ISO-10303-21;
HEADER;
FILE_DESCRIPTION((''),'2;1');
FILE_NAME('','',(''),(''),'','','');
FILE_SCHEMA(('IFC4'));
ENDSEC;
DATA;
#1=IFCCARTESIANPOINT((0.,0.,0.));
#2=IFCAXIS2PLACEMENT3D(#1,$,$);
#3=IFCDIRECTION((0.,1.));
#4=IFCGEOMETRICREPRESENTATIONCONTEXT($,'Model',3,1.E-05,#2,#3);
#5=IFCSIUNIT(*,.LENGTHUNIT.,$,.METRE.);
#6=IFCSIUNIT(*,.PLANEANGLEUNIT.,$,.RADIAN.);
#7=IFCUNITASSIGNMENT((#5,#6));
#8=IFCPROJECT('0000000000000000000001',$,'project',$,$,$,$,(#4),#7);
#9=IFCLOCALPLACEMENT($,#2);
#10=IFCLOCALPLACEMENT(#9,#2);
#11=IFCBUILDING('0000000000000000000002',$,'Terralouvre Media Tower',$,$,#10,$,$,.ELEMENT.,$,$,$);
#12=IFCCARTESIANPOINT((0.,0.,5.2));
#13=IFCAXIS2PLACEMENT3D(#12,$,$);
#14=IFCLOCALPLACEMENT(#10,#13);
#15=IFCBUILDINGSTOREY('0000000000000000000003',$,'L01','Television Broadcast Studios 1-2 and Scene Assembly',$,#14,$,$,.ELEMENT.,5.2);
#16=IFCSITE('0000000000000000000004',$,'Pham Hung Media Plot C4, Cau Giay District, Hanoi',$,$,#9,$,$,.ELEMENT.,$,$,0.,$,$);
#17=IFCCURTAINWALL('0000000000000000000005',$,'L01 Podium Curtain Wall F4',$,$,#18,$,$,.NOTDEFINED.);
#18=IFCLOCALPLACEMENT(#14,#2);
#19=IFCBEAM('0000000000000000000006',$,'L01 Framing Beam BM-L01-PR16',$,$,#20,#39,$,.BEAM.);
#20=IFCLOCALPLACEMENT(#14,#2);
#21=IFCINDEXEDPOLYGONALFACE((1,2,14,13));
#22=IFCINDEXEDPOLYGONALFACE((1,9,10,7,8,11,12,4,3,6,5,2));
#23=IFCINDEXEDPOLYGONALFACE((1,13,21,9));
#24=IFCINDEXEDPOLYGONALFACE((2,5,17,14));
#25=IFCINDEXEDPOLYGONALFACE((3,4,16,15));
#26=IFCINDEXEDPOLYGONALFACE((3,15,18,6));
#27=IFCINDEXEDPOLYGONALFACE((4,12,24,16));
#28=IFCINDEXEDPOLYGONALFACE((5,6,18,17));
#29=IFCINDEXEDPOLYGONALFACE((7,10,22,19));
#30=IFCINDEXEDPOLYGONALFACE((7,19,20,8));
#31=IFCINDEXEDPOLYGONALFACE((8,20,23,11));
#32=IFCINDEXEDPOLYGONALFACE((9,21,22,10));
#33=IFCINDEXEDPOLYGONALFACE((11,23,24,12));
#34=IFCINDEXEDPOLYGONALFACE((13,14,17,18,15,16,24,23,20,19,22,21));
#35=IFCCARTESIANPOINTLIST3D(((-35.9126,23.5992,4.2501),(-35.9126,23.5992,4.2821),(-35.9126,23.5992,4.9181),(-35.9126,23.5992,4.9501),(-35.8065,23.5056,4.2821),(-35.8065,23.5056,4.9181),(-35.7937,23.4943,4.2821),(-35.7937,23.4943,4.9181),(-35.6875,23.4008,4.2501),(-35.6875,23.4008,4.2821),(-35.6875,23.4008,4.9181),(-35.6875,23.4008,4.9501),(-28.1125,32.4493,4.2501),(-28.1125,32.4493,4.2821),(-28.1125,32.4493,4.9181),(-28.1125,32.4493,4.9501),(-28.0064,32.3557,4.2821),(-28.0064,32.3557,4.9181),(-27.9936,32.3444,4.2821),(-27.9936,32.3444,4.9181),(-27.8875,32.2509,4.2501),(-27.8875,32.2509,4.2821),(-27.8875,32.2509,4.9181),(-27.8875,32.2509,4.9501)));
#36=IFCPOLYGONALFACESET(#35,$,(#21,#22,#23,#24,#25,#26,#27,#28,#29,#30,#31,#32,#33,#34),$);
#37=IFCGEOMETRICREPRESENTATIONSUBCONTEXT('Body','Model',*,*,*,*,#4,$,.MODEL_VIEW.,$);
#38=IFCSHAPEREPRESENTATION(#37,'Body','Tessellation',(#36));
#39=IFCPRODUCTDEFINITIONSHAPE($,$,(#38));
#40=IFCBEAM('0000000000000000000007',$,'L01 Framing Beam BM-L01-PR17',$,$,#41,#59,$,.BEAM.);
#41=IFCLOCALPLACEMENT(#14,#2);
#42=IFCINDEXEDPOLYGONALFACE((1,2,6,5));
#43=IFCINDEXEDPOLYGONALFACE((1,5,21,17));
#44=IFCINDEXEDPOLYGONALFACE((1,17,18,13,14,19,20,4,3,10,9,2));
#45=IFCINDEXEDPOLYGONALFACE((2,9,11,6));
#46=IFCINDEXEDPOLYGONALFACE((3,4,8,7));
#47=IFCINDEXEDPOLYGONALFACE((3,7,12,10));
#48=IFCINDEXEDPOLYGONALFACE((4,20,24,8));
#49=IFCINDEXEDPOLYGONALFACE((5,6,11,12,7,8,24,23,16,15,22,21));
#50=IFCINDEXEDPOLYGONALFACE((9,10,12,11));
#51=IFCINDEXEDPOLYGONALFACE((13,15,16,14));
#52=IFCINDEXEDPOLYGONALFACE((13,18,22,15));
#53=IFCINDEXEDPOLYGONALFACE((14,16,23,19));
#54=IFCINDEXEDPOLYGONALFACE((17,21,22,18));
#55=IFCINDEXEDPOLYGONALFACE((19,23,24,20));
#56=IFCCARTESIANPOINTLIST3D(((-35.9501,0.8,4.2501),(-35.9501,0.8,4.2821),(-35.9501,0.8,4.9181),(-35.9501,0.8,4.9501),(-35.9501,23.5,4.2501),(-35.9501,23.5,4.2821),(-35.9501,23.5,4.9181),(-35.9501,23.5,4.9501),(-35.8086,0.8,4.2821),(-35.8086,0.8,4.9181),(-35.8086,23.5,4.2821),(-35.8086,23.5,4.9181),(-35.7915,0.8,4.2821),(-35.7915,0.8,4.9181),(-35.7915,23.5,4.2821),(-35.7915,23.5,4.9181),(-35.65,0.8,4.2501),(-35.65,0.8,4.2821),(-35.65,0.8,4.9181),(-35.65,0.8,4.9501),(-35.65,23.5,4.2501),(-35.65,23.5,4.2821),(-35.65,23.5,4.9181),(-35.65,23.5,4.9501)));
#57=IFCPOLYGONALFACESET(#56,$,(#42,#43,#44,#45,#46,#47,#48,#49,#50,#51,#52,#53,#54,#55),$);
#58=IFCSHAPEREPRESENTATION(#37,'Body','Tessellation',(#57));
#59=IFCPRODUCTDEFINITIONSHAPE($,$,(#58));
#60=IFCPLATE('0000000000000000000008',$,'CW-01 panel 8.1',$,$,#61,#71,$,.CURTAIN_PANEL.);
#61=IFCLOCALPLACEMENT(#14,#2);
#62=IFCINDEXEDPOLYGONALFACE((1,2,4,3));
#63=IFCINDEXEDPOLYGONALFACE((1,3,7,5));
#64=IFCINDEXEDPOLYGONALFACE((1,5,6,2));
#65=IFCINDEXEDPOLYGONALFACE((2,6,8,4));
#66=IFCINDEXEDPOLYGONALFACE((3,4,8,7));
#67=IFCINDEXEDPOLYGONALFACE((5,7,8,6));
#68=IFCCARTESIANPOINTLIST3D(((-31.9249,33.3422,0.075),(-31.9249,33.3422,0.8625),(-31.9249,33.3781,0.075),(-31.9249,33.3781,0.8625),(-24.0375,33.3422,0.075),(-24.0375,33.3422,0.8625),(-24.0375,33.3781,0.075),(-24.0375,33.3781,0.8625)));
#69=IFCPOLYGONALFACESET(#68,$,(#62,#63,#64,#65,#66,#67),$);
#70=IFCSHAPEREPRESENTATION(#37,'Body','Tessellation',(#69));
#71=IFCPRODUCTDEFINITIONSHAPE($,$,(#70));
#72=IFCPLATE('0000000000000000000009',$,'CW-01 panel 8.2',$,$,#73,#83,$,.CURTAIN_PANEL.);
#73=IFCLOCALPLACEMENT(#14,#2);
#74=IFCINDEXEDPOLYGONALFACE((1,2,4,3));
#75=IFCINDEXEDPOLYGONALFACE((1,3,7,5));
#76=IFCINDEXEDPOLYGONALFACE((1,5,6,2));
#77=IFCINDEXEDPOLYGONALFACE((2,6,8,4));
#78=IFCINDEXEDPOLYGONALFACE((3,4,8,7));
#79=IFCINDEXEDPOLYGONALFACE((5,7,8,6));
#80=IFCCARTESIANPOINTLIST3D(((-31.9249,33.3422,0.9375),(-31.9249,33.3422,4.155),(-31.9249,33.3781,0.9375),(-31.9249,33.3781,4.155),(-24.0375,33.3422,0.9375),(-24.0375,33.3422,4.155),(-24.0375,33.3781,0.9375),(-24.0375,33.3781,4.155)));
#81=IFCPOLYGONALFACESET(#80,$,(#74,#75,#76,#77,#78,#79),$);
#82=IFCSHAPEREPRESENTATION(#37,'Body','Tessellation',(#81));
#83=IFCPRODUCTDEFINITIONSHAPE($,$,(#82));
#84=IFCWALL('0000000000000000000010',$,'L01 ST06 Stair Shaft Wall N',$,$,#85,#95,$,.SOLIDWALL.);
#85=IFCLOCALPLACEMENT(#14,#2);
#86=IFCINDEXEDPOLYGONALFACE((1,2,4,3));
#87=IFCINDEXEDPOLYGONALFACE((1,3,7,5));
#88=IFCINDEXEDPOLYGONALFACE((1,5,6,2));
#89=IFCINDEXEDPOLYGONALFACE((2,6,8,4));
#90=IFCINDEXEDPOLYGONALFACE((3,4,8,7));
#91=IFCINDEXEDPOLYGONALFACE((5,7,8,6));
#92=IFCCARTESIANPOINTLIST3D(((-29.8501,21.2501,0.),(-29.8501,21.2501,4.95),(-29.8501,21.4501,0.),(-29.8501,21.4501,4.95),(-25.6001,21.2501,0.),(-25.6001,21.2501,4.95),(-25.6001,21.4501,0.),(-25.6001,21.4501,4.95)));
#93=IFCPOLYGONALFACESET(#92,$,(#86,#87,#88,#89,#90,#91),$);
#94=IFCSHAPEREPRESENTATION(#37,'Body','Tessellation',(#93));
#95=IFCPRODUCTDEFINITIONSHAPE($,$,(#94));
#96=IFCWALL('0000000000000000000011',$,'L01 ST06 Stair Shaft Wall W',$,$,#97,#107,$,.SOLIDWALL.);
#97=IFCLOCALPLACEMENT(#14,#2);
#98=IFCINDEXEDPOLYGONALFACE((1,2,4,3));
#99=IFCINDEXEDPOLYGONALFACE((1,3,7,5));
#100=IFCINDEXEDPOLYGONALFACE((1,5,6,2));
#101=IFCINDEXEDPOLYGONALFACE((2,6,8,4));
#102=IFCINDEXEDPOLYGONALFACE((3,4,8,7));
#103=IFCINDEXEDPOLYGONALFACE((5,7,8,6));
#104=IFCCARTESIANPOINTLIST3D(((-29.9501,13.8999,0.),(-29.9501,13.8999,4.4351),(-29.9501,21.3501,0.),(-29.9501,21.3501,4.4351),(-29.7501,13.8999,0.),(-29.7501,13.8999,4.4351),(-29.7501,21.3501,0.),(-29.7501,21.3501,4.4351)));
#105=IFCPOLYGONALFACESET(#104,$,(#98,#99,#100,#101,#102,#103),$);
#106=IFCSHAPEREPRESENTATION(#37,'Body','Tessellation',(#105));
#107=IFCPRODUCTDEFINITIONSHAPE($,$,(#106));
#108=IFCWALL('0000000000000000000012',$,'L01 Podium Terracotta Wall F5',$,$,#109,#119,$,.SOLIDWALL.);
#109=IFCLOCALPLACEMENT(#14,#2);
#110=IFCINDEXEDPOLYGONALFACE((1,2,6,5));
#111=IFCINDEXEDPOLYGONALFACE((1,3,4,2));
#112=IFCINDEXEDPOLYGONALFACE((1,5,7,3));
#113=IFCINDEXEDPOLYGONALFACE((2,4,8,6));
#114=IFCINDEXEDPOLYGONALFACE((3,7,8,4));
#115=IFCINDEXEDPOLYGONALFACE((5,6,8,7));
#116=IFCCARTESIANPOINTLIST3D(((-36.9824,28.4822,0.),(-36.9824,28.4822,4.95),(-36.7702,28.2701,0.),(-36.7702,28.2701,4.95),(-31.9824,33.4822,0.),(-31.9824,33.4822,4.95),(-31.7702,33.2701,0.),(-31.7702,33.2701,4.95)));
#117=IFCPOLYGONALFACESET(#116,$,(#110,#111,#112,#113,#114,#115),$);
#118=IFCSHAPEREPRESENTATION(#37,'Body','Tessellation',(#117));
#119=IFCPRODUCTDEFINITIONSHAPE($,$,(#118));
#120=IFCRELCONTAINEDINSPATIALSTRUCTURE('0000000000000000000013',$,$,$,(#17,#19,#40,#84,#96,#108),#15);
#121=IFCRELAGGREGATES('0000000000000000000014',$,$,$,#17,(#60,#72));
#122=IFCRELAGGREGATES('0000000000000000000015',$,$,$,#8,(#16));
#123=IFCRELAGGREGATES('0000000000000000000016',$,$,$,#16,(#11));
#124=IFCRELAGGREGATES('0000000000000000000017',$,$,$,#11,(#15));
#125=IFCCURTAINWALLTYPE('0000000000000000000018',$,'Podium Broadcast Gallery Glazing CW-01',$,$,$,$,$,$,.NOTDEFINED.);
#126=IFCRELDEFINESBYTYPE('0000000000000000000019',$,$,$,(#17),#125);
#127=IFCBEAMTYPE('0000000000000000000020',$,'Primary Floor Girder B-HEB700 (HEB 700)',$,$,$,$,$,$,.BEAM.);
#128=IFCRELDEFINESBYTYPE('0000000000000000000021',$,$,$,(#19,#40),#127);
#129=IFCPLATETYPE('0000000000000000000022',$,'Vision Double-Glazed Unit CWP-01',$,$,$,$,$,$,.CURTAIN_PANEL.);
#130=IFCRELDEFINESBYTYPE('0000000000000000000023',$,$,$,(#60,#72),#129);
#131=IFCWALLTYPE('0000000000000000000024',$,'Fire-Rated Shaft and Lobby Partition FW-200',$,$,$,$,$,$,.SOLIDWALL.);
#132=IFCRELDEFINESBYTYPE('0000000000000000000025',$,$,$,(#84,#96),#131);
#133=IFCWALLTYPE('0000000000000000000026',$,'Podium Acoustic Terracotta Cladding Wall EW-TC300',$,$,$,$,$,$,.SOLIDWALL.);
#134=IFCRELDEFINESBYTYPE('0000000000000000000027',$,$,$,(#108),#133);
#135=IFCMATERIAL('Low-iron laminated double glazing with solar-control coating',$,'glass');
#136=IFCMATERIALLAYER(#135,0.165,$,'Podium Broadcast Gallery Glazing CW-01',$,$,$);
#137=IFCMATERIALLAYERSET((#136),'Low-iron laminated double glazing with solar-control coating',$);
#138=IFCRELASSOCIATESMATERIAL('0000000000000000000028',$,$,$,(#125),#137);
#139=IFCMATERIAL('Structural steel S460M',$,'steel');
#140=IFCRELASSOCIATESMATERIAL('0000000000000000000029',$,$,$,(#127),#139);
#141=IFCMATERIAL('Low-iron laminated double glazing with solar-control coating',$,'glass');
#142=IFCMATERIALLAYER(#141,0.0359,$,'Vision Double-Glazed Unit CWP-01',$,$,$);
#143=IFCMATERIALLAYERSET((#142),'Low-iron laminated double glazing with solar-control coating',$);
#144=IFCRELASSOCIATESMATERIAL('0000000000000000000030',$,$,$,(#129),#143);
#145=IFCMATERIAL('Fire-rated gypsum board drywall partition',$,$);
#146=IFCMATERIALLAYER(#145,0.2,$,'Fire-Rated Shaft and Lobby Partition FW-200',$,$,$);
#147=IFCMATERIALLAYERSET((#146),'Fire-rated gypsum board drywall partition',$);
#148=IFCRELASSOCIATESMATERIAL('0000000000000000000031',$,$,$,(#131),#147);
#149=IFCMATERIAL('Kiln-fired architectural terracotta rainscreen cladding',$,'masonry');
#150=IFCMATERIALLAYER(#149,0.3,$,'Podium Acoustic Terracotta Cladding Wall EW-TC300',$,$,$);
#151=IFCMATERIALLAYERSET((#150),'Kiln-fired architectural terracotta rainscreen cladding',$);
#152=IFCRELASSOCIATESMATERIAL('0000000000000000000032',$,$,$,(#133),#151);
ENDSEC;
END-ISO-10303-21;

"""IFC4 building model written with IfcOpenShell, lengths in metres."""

from ifc_helpers import new_model, si_unit, direction, frame, frame_2d, origin, origin_2d, place, context, subcontext, project, spatial, rectangle, i_section, extrude, material, layer, layer_set, material_profile, profile_set, type_object, element, aggregate, save


model = new_model("IFC4")

# Units and contexts
model_context = context("Model", 3, precision=1e-05, world=origin(), true_north=direction((0.0, 1.0)))
body_context = subcontext(model_context, "Body", "Model", "MODEL_VIEW")
ifc_project = project(units=[si_unit("LENGTHUNIT", "METRE"), si_unit("PLANEANGLEUNIT", "RADIAN")], contexts=[model_context])

# Site, building, storey
site_placement = place(None, origin())
site = spatial("IfcSite", under=ifc_project, at=site_placement, Name="Pham Hung Media Plot C4, Cau Giay District, Hanoi", CompositionType="ELEMENT", RefElevation=0.0)
building_placement = place(site_placement, origin())
building = spatial("IfcBuilding", under=site, at=building_placement, Name="Terralouvre Media Tower", CompositionType="ELEMENT")
storey_placement = place(building_placement, frame((0.0, 0.0, 5.2)))
storey = spatial("IfcBuildingStorey", under=building, at=storey_placement, Name="L01", Description="Television Broadcast Studios 1-2 and Scene Assembly", CompositionType="ELEMENT", Elevation=5.2)

# Curtain wall
ifc_material_1 = material(Name="Low-iron laminated double glazing with solar-control coating", Category="glass")
ifc_layer_1 = layer(ifc_material_1, 0.165, Name="Podium Broadcast Gallery Glazing CW-01")
ifc_layer_set_1 = layer_set([ifc_layer_1], Name="Low-iron laminated double glazing with solar-control coating")
curtain_wall_type = type_object("IfcCurtainWallType", Name="Podium Broadcast Gallery Glazing CW-01", PredefinedType="NOTDEFINED", material=ifc_layer_set_1)
curtain_wall_placement = place(storey_placement, origin())
curtain_wall = element("IfcCurtainWall", 1, at=curtain_wall_placement, inside=storey, type_object=curtain_wall_type, Name="L01 Podium Curtain Wall F4", PredefinedType="NOTDEFINED")

# Beams
ifc_material_2 = material(Name="Structural steel S460M", Category="steel")
ifc_material_profile_1 = material_profile(ifc_material_2, i_section(OverallWidth=0.3, OverallDepth=0.7, WebThickness=0.0171, FlangeThickness=0.032, at=origin_2d()), Name="HEB 700")
ifc_profile_set_1 = profile_set([ifc_material_profile_1], Name="Structural steel S460M")
beam_type_1 = type_object("IfcBeamType", Name="Primary Floor Girder B-HEB700 (HEB 700)", PredefinedType="BEAM", material=ifc_profile_set_1)
beam_1_placement = place(storey_placement, frame((-28.0, 32.3501, 4.6001), z_axis=(-0.661199, -0.75021, 0.0), x_axis=(0.75021, -0.661199, 0.0)))
element("IfcBeam", 2, at=beam_1_placement, inside=storey, type_object=beam_type_1, Name="L01 Framing Beam BM-L01-PR16", PredefinedType="BEAM", context=body_context, shape_type="SweptSolid", body=[
    extrude(i_section(OverallWidth=0.3, OverallDepth=0.7, WebThickness=0.0171, FlangeThickness=0.032, at=origin_2d()), origin(), (0.0, 0.0, 1.0), 11.7969),
])
beam_2_placement = place(storey_placement, frame((-35.8, 23.5, 4.6001), z_axis=(0.0, -1.0, 0.0), x_axis=(1.0, 0.0, 0.0)))
element("IfcBeam", 3, at=beam_2_placement, inside=storey, type_object=beam_type_1, Name="L01 Framing Beam BM-L01-PR17", PredefinedType="BEAM", context=body_context, shape_type="SweptSolid", body=[
    extrude(i_section(OverallWidth=0.3, OverallDepth=0.7, WebThickness=0.0171, FlangeThickness=0.032, at=origin_2d()), origin(), (0.0, 0.0, 1.0), 22.7),
])

# Plates
ifc_material_3 = material(Name="Low-iron laminated double glazing with solar-control coating", Category="glass")
ifc_layer_2 = layer(ifc_material_3, 0.0359, Name="Vision Double-Glazed Unit CWP-01")
ifc_layer_set_2 = layer_set([ifc_layer_2], Name="Low-iron laminated double glazing with solar-control coating")
plate_type = type_object("IfcPlateType", Name="Vision Double-Glazed Unit CWP-01", PredefinedType="CURTAIN_PANEL", material=ifc_layer_set_2)
plate_1_placement = place(storey_placement, frame((-27.9812, 33.3601, 0.075), z_axis=(0.0, 0.0, 1.0), x_axis=(-1.0, 0.0, 0.0)))
plate_1 = element("IfcPlate", 4, at=plate_1_placement, type_object=plate_type, Name="CW-01 panel 8.1", PredefinedType="CURTAIN_PANEL", context=body_context, shape_type="SweptSolid", body=[
    extrude(rectangle(XDim=7.8875, YDim=0.0359, at=origin_2d()), origin(), (0.0, 0.0, 1.0), 0.7876),
])
plate_2_placement = place(storey_placement, frame((-27.9812, 33.3601, 0.9375), z_axis=(0.0, 0.0, 1.0), x_axis=(-1.0, 0.0, 0.0)))
plate_2 = element("IfcPlate", 5, at=plate_2_placement, type_object=plate_type, Name="CW-01 panel 8.2", PredefinedType="CURTAIN_PANEL", context=body_context, shape_type="SweptSolid", body=[
    extrude(rectangle(XDim=7.8875, YDim=0.0359, at=origin_2d()), origin(), (0.0, 0.0, 1.0), 3.2175),
])
aggregate(curtain_wall, [plate_1, plate_2])

# Walls
ifc_material_4 = material(Name="Fire-rated gypsum board drywall partition")
ifc_layer_3 = layer(ifc_material_4, 0.2, Name="Fire-Rated Shaft and Lobby Partition FW-200")
ifc_layer_set_3 = layer_set([ifc_layer_3], Name="Fire-rated gypsum board drywall partition")
wall_type_1 = type_object("IfcWallType", Name="Fire-Rated Shaft and Lobby Partition FW-200", PredefinedType="SOLIDWALL", material=ifc_layer_set_3)
wall_1_placement = place(storey_placement, frame((-25.6001, 21.3501, 0.0), z_axis=(0.0, 0.0, 1.0), x_axis=(-1.0, 0.0, 0.0)))
element("IfcWall", 6, at=wall_1_placement, inside=storey, type_object=wall_type_1, Name="L01 ST06 Stair Shaft Wall N", PredefinedType="SOLIDWALL", context=body_context, shape_type="SweptSolid", body=[
    extrude(rectangle(XDim=4.25, YDim=0.2, at=frame_2d((2.125, 0.0))), origin(), (0.0, 0.0, 1.0), 4.95),
])
wall_2_placement = place(storey_placement, frame((-29.8501, 21.3501, 0.0), z_axis=(0.0, 0.0, 1.0), x_axis=(0.0, -1.0, 0.0)))
element("IfcWall", 7, at=wall_2_placement, inside=storey, type_object=wall_type_1, Name="L01 ST06 Stair Shaft Wall W", PredefinedType="SOLIDWALL", context=body_context, shape_type="SweptSolid", body=[
    extrude(rectangle(XDim=7.4502, YDim=0.2, at=frame_2d((3.7251, 0.0))), origin(), (0.0, 0.0, 1.0), 4.4351),
])
ifc_material_5 = material(Name="Kiln-fired architectural terracotta rainscreen cladding", Category="masonry")
ifc_layer_4 = layer(ifc_material_5, 0.3, Name="Podium Acoustic Terracotta Cladding Wall EW-TC300")
ifc_layer_set_4 = layer_set([ifc_layer_4], Name="Kiln-fired architectural terracotta rainscreen cladding")
wall_type_2 = type_object("IfcWallType", Name="Podium Acoustic Terracotta Cladding Wall EW-TC300", PredefinedType="SOLIDWALL", material=ifc_layer_set_4)
wall_3_placement = place(storey_placement, frame((-31.8762, 33.3762, 0.0), z_axis=(0.0, 0.0, 1.0), x_axis=(-0.707107, -0.707107, 0.0)))
element("IfcWall", 8, at=wall_3_placement, inside=storey, type_object=wall_type_2, Name="L01 Podium Terracotta Wall F5", PredefinedType="SOLIDWALL", context=body_context, shape_type="SweptSolid", body=[
    extrude(rectangle(XDim=7.071, YDim=0.3, at=frame_2d((3.5356, 0.0))), origin(), (0.0, 0.0, 1.0), 4.95),
])

save(model, "model.ifc")
